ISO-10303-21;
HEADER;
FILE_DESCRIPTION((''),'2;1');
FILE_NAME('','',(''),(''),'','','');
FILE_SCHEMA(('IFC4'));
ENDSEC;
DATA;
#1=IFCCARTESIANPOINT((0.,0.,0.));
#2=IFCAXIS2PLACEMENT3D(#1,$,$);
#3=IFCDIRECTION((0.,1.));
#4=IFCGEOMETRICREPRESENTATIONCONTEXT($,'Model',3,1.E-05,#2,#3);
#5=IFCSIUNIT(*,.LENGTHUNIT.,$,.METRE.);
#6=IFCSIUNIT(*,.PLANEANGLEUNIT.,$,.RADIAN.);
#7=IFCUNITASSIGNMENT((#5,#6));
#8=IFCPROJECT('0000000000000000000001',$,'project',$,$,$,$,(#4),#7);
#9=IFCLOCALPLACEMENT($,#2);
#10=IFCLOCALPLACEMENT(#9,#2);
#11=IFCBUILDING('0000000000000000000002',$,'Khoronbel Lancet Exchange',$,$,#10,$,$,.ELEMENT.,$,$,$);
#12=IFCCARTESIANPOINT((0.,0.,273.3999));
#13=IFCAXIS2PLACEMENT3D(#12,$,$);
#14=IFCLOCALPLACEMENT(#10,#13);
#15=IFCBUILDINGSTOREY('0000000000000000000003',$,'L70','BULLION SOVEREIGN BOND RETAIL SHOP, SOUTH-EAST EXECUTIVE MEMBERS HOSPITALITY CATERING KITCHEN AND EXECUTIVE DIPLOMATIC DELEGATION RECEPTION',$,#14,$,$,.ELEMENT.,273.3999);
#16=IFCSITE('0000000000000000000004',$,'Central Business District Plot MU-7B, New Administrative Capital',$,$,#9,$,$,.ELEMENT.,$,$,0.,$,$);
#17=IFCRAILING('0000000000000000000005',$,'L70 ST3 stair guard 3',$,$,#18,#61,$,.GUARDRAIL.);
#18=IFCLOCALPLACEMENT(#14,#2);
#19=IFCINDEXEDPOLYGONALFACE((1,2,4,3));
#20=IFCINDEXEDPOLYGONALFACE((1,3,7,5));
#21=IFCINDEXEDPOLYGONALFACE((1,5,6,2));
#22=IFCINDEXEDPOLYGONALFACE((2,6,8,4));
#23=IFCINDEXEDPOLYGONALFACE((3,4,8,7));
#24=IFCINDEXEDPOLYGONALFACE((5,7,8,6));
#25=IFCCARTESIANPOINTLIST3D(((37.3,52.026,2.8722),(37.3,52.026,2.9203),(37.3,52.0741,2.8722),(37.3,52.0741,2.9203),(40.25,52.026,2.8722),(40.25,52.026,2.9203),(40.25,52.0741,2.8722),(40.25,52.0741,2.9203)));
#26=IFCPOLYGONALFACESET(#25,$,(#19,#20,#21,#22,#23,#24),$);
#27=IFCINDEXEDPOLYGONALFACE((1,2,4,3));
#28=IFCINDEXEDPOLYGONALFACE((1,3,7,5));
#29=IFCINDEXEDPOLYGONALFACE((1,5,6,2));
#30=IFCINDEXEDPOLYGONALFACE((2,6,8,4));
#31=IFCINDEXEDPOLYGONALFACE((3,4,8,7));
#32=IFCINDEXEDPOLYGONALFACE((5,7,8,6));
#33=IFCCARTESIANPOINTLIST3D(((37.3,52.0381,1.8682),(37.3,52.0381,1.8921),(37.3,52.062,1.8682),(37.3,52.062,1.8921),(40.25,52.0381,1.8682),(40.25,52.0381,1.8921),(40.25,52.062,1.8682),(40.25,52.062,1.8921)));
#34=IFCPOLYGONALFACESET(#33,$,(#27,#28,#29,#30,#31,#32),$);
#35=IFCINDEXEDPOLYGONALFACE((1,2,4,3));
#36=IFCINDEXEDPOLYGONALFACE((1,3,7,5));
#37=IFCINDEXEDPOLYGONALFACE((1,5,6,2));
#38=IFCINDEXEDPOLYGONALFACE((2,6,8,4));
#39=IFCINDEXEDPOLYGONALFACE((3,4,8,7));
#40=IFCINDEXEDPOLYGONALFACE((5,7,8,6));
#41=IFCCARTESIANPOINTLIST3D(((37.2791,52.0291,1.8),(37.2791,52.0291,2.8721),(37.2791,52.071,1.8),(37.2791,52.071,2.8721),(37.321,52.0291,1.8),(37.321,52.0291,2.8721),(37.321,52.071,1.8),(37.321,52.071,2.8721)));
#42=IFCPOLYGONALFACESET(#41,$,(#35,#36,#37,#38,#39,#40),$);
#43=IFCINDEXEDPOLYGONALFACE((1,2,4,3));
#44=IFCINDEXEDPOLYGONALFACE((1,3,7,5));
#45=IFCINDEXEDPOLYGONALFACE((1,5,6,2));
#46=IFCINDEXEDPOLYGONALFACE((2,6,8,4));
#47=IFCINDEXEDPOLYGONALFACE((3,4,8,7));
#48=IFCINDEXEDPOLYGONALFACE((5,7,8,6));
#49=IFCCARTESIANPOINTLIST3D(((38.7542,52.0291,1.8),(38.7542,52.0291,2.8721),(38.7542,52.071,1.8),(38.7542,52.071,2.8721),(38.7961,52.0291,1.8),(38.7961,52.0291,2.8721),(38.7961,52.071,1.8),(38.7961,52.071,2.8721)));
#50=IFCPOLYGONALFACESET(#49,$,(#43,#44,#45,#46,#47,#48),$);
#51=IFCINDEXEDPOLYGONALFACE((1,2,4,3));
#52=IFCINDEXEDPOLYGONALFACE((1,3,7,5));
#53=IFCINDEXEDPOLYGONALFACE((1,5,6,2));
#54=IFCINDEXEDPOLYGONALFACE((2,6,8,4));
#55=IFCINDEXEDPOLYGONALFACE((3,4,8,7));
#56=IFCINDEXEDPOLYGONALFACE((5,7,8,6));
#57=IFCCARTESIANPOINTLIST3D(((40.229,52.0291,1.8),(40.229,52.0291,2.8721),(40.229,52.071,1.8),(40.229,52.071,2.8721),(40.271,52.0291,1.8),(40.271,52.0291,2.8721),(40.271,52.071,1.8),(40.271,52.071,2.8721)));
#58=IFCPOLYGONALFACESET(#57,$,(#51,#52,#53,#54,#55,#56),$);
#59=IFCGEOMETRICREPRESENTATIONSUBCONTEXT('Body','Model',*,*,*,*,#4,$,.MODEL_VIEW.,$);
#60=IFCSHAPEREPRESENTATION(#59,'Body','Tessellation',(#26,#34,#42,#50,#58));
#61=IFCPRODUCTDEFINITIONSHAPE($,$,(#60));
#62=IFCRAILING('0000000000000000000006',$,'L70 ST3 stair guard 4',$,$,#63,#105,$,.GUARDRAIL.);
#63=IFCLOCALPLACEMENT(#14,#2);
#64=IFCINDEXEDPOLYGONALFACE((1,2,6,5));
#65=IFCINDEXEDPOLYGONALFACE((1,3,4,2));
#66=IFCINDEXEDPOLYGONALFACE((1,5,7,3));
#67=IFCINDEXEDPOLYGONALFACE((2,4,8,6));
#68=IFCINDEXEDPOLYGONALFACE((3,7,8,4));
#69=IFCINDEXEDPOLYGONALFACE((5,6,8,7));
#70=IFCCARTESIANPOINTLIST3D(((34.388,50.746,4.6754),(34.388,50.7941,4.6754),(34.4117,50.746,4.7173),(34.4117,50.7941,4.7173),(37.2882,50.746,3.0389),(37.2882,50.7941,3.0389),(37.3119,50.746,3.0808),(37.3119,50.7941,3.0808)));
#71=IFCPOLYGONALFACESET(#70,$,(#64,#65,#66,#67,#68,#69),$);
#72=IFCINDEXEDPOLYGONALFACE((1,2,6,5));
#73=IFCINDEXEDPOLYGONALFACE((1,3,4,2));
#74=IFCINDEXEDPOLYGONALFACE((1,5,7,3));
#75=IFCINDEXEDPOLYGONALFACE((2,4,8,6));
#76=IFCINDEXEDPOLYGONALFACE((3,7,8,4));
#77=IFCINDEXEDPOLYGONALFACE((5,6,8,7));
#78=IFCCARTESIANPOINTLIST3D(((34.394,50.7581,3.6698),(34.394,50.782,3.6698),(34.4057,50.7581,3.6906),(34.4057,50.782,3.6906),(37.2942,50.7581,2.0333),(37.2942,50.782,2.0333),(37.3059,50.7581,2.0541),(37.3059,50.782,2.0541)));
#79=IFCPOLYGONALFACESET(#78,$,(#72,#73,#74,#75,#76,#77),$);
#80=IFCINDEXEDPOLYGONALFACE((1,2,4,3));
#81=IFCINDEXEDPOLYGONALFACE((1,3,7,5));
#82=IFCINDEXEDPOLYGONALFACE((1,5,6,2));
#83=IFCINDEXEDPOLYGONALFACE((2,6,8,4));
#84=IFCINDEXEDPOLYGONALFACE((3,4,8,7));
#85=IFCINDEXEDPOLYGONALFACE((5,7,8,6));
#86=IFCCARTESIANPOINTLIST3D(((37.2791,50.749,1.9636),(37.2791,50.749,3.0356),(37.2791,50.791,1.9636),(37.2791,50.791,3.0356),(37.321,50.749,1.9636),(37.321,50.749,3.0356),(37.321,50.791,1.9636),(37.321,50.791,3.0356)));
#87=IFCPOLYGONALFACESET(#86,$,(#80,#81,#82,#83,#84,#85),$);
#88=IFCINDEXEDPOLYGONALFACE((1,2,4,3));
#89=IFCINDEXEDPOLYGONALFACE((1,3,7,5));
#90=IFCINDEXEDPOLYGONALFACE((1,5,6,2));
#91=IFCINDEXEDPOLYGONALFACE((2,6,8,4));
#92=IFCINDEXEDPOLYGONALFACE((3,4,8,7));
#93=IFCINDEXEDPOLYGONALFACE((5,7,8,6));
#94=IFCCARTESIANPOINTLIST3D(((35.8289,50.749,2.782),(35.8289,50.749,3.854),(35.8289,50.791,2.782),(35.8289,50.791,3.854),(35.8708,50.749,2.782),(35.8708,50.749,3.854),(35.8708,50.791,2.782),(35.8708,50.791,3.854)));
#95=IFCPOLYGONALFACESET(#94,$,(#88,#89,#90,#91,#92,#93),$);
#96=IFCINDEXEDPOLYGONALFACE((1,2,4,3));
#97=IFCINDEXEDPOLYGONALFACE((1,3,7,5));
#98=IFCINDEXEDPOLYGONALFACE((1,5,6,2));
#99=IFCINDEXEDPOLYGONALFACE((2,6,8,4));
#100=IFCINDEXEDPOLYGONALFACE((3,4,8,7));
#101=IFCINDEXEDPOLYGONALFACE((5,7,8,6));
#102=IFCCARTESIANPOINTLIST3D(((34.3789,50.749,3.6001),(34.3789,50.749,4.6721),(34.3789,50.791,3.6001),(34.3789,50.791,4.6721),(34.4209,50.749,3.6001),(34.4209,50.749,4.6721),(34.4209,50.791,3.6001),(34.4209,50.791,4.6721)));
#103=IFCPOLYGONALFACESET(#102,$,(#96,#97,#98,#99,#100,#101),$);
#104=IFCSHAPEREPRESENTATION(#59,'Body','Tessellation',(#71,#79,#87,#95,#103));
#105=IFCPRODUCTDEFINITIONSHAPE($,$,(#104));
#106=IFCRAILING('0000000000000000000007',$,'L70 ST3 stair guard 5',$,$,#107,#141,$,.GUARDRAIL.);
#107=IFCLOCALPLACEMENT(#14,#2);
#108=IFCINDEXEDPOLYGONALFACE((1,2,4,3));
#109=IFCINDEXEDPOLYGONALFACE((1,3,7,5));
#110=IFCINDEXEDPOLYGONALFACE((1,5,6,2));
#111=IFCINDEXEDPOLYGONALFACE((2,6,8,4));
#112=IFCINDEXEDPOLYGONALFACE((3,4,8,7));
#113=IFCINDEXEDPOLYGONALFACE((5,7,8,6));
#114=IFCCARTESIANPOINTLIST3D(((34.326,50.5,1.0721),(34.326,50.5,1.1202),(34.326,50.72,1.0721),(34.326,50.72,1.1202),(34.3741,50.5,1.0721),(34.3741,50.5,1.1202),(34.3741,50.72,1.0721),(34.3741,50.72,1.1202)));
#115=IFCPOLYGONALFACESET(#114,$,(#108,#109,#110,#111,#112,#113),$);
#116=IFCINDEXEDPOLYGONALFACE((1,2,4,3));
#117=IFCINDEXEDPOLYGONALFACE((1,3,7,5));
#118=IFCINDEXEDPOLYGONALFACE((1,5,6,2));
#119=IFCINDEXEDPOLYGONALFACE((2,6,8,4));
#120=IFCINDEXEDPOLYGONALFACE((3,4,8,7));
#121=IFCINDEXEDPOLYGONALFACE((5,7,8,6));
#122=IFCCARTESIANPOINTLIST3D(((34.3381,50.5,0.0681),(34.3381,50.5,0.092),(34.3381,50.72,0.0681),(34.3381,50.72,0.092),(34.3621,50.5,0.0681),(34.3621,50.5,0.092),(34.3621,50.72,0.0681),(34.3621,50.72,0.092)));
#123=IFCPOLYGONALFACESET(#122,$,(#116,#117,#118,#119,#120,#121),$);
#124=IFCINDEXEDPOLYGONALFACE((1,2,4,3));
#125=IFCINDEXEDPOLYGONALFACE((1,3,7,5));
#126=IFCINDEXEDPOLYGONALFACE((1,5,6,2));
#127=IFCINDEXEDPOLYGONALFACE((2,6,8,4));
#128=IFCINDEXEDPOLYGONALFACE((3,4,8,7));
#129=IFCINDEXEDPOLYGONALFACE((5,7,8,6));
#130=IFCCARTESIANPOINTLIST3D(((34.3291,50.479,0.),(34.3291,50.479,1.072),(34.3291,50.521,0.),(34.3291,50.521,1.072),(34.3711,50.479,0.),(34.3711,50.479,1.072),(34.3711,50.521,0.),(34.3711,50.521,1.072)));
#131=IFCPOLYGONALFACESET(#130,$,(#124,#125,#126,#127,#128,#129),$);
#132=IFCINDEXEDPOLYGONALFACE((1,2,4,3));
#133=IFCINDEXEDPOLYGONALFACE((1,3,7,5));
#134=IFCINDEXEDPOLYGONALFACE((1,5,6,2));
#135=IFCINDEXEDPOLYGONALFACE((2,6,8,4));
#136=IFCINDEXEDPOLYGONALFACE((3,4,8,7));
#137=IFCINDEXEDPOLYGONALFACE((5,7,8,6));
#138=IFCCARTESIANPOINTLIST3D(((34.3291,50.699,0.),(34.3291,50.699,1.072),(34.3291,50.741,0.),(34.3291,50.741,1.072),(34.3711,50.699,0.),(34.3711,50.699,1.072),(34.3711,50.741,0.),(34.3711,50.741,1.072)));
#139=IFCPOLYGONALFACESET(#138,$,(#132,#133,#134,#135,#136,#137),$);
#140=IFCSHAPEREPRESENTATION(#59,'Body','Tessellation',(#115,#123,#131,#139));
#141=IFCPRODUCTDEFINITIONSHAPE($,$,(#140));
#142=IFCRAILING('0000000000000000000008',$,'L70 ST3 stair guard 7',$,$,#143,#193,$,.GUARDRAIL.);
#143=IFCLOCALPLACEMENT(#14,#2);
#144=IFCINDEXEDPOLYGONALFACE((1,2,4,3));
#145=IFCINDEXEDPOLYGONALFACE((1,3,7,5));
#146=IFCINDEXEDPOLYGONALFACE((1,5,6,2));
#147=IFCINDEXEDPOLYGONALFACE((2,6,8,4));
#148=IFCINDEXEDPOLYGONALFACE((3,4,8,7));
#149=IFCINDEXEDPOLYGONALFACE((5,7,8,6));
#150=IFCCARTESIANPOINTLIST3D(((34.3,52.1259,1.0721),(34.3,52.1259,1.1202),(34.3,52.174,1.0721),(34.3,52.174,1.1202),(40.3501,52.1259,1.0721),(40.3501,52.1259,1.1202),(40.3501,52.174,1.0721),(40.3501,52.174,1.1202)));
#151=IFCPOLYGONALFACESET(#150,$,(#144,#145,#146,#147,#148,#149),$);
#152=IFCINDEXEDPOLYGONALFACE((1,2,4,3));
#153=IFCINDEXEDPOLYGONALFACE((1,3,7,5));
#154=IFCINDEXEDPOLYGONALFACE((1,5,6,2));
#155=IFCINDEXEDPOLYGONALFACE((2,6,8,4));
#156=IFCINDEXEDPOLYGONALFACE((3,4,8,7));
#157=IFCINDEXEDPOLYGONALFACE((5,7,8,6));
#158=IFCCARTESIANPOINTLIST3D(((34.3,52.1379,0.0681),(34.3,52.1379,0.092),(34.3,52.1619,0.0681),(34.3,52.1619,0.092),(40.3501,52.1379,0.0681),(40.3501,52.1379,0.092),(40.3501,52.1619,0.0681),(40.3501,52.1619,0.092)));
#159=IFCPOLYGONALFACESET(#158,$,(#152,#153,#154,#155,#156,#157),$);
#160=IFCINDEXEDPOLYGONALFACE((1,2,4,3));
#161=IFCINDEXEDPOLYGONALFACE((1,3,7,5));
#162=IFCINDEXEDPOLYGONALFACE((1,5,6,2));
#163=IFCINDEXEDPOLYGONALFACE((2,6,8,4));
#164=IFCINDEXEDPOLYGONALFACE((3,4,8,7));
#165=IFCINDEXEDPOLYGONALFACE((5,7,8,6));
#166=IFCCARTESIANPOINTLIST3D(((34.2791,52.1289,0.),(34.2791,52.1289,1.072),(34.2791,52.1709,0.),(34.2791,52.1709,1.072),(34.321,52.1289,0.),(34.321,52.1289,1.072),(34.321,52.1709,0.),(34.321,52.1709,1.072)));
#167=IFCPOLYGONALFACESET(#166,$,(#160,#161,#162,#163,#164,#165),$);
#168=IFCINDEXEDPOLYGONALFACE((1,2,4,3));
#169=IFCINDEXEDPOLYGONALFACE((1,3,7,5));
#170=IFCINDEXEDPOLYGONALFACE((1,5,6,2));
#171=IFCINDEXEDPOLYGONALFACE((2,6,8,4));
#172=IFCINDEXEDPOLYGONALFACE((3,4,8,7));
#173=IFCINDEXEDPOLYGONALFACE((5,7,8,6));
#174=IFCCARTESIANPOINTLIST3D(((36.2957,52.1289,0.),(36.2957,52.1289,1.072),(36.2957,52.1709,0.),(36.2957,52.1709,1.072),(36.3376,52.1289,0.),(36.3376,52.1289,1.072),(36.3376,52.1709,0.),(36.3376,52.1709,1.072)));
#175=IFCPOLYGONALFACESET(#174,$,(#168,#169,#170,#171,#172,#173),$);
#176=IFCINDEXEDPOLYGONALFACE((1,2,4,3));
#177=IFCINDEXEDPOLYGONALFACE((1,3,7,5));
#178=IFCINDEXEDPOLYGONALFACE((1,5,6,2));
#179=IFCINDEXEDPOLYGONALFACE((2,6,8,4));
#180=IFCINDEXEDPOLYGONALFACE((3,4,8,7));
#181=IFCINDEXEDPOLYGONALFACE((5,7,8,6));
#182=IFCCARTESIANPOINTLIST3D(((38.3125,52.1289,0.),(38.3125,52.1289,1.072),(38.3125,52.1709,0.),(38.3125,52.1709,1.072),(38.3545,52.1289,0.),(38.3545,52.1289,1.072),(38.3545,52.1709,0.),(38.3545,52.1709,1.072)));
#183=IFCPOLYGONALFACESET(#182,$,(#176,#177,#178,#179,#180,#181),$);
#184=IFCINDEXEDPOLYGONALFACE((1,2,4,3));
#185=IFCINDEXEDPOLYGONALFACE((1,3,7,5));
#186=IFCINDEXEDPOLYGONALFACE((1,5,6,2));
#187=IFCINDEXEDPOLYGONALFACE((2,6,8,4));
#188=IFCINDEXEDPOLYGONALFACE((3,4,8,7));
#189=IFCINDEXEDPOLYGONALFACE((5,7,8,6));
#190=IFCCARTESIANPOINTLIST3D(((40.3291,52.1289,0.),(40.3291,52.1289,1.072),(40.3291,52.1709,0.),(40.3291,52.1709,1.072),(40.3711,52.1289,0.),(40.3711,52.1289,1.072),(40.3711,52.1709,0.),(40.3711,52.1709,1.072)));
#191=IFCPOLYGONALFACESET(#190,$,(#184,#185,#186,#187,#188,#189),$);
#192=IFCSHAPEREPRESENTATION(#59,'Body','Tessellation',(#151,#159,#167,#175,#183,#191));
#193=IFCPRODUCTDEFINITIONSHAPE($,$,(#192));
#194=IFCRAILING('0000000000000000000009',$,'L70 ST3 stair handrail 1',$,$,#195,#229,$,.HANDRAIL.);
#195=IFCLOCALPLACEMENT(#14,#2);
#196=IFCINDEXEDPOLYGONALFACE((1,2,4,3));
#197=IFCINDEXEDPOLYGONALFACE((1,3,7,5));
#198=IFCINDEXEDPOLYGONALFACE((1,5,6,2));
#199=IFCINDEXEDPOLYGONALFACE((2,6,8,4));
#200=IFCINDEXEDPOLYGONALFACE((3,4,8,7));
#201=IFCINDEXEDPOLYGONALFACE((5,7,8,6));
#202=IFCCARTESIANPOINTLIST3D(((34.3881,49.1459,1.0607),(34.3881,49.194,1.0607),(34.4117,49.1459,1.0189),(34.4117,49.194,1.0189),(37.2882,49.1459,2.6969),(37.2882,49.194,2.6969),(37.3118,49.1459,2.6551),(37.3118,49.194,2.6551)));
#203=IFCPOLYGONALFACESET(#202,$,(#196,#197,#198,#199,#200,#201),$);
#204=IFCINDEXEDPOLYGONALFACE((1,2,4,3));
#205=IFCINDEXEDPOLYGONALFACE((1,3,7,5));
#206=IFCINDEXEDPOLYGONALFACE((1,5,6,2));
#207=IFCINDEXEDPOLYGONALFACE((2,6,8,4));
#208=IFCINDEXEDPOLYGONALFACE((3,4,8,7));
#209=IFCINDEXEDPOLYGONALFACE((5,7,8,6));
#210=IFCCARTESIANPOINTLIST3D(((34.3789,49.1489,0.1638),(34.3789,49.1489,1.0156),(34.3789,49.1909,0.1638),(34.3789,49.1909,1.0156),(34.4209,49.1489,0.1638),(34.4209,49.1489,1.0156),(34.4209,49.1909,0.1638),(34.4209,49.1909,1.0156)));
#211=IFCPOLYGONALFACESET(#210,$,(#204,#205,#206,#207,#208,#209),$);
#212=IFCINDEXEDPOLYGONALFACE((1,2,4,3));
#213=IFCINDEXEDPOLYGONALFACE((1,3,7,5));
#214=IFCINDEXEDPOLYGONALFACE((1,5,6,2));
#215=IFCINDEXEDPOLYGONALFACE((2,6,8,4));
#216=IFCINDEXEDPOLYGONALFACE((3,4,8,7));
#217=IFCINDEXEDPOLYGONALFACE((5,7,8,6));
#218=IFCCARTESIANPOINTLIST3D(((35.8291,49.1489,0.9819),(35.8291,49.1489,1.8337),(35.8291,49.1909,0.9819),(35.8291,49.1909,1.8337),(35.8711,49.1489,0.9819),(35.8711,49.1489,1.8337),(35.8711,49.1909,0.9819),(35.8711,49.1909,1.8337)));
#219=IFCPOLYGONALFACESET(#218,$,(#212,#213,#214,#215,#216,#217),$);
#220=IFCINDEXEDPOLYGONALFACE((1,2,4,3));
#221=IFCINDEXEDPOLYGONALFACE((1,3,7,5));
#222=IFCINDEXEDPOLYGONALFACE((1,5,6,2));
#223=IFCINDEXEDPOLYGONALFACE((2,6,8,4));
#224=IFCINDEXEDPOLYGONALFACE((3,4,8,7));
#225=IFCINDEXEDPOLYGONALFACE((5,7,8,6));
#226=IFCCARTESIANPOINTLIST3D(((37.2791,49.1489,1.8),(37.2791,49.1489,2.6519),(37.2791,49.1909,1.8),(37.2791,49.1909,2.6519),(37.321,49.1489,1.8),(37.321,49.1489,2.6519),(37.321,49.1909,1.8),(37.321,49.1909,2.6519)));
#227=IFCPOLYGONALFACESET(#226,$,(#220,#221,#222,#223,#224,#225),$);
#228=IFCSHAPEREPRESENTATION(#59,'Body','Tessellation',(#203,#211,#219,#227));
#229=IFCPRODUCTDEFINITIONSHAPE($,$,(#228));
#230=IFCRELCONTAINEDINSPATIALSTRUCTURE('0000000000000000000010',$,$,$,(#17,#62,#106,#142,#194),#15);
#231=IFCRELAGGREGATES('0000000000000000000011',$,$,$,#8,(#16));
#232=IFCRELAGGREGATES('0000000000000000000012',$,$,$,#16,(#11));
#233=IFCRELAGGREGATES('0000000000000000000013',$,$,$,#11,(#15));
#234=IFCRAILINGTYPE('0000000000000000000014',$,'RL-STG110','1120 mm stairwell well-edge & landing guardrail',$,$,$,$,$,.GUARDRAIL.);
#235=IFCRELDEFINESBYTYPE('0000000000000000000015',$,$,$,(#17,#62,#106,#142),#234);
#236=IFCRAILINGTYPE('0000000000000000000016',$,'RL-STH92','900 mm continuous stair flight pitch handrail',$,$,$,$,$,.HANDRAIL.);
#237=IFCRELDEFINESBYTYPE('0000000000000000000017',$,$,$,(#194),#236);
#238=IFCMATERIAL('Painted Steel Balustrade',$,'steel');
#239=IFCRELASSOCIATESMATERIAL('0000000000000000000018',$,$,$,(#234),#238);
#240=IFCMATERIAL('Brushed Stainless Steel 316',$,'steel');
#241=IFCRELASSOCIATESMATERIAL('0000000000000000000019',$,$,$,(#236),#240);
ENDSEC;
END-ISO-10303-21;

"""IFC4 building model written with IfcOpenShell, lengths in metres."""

from ifc_helpers import new_model, si_unit, direction, frame, origin, origin_2d, place, context, subcontext, project, spatial, rectangle, extrude, material, type_object, element, save


model = new_model("IFC4")

# Units and contexts
model_context = context("Model", 3, precision=1e-05, world=origin(), true_north=direction((0.0, 1.0)))
body_context = subcontext(model_context, "Body", "Model", "MODEL_VIEW")
ifc_project = project(units=[si_unit("LENGTHUNIT", "METRE"), si_unit("PLANEANGLEUNIT", "RADIAN")], contexts=[model_context])

# Site, building, storey
site_placement = place(None, origin())
site = spatial("IfcSite", under=ifc_project, at=site_placement, Name="Central Business District Plot MU-7B, New Administrative Capital", CompositionType="ELEMENT", RefElevation=0.0)
building_placement = place(site_placement, origin())
building = spatial("IfcBuilding", under=site, at=building_placement, Name="Khoronbel Lancet Exchange", CompositionType="ELEMENT")
storey_placement = place(building_placement, frame((0.0, 0.0, 273.3999)))
storey = spatial("IfcBuildingStorey", under=building, at=storey_placement, Name="L70", Description="BULLION SOVEREIGN BOND RETAIL SHOP, SOUTH-EAST EXECUTIVE MEMBERS HOSPITALITY CATERING KITCHEN AND EXECUTIVE DIPLOMATIC DELEGATION RECEPTION", CompositionType="ELEMENT", Elevation=273.3999)

# Railings
ifc_material_1 = material(Name="Painted Steel Balustrade", Category="steel")
railing_type_1 = type_object("IfcRailingType", Name="RL-STG110", Description="1120 mm stairwell well-edge & landing guardrail", PredefinedType="GUARDRAIL", material=ifc_material_1)
railing_1_placement = place(storey_placement, frame((37.3, 52.05, 1.8)))
element("IfcRailing", 1, at=railing_1_placement, inside=storey, type_object=railing_type_1, Name="L70 ST3 stair guard 3", PredefinedType="GUARDRAIL", context=body_context, shape_type="SweptSolid", body=[
    extrude(rectangle(XDim=0.0481, YDim=0.0481, at=origin_2d()), frame((0.0, 0.0, 1.0962), z_axis=(1.0, 0.0, 0.0), x_axis=(0.0, 1.0, 0.0)), (0.0, 0.0, 1.0), 2.95),
    extrude(rectangle(XDim=0.0239, YDim=0.0239, at=origin_2d()), frame((0.0, 0.0, 0.0801), z_axis=(1.0, 0.0, 0.0), x_axis=(0.0, 1.0, 0.0)), (0.0, 0.0, 1.0), 2.95),
    extrude(rectangle(XDim=0.042, YDim=0.042, at=origin_2d()), origin(), (0.0, 0.0, 1.0), 1.072),
    extrude(rectangle(XDim=0.042, YDim=0.042, at=origin_2d()), frame((1.4751, 0.0, 0.0)), (0.0, 0.0, 1.0), 1.072),
    extrude(rectangle(XDim=0.042, YDim=0.042, at=origin_2d()), frame((2.95, 0.0, 0.0)), (0.0, 0.0, 1.0), 1.072),
])
railing_2_placement = place(storey_placement, frame((37.3, 50.77, 1.9636)))
element("IfcRailing", 2, at=railing_2_placement, inside=storey, type_object=railing_type_1, Name="L70 ST3 stair guard 4", PredefinedType="GUARDRAIL", context=body_context, shape_type="SweptSolid", body=[
    extrude(rectangle(XDim=0.0481, YDim=0.0481, at=origin_2d()), frame((0.0, 0.0, 1.0962), z_axis=(-0.870915, 0.0, 0.491434), x_axis=(0.0, -1.0, 0.0)), (0.0, 0.0, 1.0), 3.3301),
    extrude(rectangle(XDim=0.0239, YDim=0.0239, at=origin_2d()), frame((0.0, 0.0, 0.0801), z_axis=(-0.870915, 0.0, 0.491434), x_axis=(0.0, -1.0, 0.0)), (0.0, 0.0, 1.0), 3.3301),
    extrude(rectangle(XDim=0.042, YDim=0.042, at=origin_2d()), origin(), (0.0, 0.0, 1.0), 1.072),
    extrude(rectangle(XDim=0.042, YDim=0.042, at=origin_2d()), frame((-1.4502, 0.0, 0.8184)), (0.0, 0.0, 1.0), 1.072),
    extrude(rectangle(XDim=0.042, YDim=0.042, at=origin_2d()), frame((-2.9001, 0.0, 1.6365)), (0.0, 0.0, 1.0), 1.072),
])
railing_3_placement = place(storey_placement, frame((34.3501, 50.5, 0.0)))
element("IfcRailing", 3, at=railing_3_placement, inside=storey, type_object=railing_type_1, Name="L70 ST3 stair guard 5", PredefinedType="GUARDRAIL", context=body_context, shape_type="SweptSolid", body=[
    extrude(rectangle(XDim=0.0481, YDim=0.0481, at=origin_2d()), frame((0.0, 0.0, 1.0962), z_axis=(0.0, 1.0, 0.0), x_axis=(-1.0, 0.0, 0.0)), (0.0, 0.0, 1.0), 0.22),
    extrude(rectangle(XDim=0.0239, YDim=0.0239, at=origin_2d()), frame((0.0, 0.0, 0.0801), z_axis=(0.0, 1.0, 0.0), x_axis=(-1.0, 0.0, 0.0)), (0.0, 0.0, 1.0), 0.22),
    extrude(rectangle(XDim=0.042, YDim=0.042, at=origin_2d()), origin(), (0.0, 0.0, 1.0), 1.072),
    extrude(rectangle(XDim=0.042, YDim=0.042, at=origin_2d()), frame((0.0, 0.22, 0.0)), (0.0, 0.0, 1.0), 1.072),
])
railing_4_placement = place(storey_placement, frame((34.3, 52.1499, 0.0)))
element("IfcRailing", 4, at=railing_4_placement, inside=storey, type_object=railing_type_1, Name="L70 ST3 stair guard 7", PredefinedType="GUARDRAIL", context=body_context, shape_type="SweptSolid", body=[
    extrude(rectangle(XDim=0.0481, YDim=0.0481, at=origin_2d()), frame((0.0, 0.0, 1.0962), z_axis=(1.0, 0.0, 0.0), x_axis=(0.0, 1.0, 0.0)), (0.0, 0.0, 1.0), 6.05),
    extrude(rectangle(XDim=0.0239, YDim=0.0239, at=origin_2d()), frame((0.0, 0.0, 0.0801), z_axis=(1.0, 0.0, 0.0), x_axis=(0.0, 1.0, 0.0)), (0.0, 0.0, 1.0), 6.05),
    extrude(rectangle(XDim=0.042, YDim=0.042, at=origin_2d()), origin(), (0.0, 0.0, 1.0), 1.072),
    extrude(rectangle(XDim=0.042, YDim=0.042, at=origin_2d()), frame((2.0166, 0.0, 0.0)), (0.0, 0.0, 1.0), 1.072),
    extrude(rectangle(XDim=0.042, YDim=0.042, at=origin_2d()), frame((4.0334, 0.0, 0.0)), (0.0, 0.0, 1.0), 1.072),
    extrude(rectangle(XDim=0.042, YDim=0.042, at=origin_2d()), frame((6.05, 0.0, 0.0)), (0.0, 0.0, 1.0), 1.072),
])
ifc_material_2 = material(Name="Brushed Stainless Steel 316", Category="steel")
railing_type_2 = type_object("IfcRailingType", Name="RL-STH92", Description="900 mm continuous stair flight pitch handrail", PredefinedType="HANDRAIL", material=ifc_material_2)
railing_5_placement = place(storey_placement, frame((34.3999, 49.1699, 0.1638)))
element("IfcRailing", 5, at=railing_5_placement, inside=storey, type_object=railing_type_2, Name="L70 ST3 stair handrail 1", PredefinedType="HANDRAIL", context=body_context, shape_type="SweptSolid", body=[
    extrude(rectangle(XDim=0.0481, YDim=0.0481, at=origin_2d()), frame((0.0, 0.0, 0.876), z_axis=(0.870946, 0.0, 0.491378), x_axis=(0.0, 1.0, 0.0)), (0.0, 0.0, 1.0), 3.3298),
    extrude(rectangle(XDim=0.042, YDim=0.042, at=origin_2d()), origin(), (0.0, 0.0, 1.0), 0.8518),
    extrude(rectangle(XDim=0.042, YDim=0.042, at=origin_2d()), frame((1.4502, 0.0, 0.8181)), (0.0, 0.0, 1.0), 0.8518),
    extrude(rectangle(XDim=0.042, YDim=0.042, at=origin_2d()), frame((2.9001, 0.0, 1.6362)), (0.0, 0.0, 1.0), 0.8518),
])

save(model, "model.ifc")
